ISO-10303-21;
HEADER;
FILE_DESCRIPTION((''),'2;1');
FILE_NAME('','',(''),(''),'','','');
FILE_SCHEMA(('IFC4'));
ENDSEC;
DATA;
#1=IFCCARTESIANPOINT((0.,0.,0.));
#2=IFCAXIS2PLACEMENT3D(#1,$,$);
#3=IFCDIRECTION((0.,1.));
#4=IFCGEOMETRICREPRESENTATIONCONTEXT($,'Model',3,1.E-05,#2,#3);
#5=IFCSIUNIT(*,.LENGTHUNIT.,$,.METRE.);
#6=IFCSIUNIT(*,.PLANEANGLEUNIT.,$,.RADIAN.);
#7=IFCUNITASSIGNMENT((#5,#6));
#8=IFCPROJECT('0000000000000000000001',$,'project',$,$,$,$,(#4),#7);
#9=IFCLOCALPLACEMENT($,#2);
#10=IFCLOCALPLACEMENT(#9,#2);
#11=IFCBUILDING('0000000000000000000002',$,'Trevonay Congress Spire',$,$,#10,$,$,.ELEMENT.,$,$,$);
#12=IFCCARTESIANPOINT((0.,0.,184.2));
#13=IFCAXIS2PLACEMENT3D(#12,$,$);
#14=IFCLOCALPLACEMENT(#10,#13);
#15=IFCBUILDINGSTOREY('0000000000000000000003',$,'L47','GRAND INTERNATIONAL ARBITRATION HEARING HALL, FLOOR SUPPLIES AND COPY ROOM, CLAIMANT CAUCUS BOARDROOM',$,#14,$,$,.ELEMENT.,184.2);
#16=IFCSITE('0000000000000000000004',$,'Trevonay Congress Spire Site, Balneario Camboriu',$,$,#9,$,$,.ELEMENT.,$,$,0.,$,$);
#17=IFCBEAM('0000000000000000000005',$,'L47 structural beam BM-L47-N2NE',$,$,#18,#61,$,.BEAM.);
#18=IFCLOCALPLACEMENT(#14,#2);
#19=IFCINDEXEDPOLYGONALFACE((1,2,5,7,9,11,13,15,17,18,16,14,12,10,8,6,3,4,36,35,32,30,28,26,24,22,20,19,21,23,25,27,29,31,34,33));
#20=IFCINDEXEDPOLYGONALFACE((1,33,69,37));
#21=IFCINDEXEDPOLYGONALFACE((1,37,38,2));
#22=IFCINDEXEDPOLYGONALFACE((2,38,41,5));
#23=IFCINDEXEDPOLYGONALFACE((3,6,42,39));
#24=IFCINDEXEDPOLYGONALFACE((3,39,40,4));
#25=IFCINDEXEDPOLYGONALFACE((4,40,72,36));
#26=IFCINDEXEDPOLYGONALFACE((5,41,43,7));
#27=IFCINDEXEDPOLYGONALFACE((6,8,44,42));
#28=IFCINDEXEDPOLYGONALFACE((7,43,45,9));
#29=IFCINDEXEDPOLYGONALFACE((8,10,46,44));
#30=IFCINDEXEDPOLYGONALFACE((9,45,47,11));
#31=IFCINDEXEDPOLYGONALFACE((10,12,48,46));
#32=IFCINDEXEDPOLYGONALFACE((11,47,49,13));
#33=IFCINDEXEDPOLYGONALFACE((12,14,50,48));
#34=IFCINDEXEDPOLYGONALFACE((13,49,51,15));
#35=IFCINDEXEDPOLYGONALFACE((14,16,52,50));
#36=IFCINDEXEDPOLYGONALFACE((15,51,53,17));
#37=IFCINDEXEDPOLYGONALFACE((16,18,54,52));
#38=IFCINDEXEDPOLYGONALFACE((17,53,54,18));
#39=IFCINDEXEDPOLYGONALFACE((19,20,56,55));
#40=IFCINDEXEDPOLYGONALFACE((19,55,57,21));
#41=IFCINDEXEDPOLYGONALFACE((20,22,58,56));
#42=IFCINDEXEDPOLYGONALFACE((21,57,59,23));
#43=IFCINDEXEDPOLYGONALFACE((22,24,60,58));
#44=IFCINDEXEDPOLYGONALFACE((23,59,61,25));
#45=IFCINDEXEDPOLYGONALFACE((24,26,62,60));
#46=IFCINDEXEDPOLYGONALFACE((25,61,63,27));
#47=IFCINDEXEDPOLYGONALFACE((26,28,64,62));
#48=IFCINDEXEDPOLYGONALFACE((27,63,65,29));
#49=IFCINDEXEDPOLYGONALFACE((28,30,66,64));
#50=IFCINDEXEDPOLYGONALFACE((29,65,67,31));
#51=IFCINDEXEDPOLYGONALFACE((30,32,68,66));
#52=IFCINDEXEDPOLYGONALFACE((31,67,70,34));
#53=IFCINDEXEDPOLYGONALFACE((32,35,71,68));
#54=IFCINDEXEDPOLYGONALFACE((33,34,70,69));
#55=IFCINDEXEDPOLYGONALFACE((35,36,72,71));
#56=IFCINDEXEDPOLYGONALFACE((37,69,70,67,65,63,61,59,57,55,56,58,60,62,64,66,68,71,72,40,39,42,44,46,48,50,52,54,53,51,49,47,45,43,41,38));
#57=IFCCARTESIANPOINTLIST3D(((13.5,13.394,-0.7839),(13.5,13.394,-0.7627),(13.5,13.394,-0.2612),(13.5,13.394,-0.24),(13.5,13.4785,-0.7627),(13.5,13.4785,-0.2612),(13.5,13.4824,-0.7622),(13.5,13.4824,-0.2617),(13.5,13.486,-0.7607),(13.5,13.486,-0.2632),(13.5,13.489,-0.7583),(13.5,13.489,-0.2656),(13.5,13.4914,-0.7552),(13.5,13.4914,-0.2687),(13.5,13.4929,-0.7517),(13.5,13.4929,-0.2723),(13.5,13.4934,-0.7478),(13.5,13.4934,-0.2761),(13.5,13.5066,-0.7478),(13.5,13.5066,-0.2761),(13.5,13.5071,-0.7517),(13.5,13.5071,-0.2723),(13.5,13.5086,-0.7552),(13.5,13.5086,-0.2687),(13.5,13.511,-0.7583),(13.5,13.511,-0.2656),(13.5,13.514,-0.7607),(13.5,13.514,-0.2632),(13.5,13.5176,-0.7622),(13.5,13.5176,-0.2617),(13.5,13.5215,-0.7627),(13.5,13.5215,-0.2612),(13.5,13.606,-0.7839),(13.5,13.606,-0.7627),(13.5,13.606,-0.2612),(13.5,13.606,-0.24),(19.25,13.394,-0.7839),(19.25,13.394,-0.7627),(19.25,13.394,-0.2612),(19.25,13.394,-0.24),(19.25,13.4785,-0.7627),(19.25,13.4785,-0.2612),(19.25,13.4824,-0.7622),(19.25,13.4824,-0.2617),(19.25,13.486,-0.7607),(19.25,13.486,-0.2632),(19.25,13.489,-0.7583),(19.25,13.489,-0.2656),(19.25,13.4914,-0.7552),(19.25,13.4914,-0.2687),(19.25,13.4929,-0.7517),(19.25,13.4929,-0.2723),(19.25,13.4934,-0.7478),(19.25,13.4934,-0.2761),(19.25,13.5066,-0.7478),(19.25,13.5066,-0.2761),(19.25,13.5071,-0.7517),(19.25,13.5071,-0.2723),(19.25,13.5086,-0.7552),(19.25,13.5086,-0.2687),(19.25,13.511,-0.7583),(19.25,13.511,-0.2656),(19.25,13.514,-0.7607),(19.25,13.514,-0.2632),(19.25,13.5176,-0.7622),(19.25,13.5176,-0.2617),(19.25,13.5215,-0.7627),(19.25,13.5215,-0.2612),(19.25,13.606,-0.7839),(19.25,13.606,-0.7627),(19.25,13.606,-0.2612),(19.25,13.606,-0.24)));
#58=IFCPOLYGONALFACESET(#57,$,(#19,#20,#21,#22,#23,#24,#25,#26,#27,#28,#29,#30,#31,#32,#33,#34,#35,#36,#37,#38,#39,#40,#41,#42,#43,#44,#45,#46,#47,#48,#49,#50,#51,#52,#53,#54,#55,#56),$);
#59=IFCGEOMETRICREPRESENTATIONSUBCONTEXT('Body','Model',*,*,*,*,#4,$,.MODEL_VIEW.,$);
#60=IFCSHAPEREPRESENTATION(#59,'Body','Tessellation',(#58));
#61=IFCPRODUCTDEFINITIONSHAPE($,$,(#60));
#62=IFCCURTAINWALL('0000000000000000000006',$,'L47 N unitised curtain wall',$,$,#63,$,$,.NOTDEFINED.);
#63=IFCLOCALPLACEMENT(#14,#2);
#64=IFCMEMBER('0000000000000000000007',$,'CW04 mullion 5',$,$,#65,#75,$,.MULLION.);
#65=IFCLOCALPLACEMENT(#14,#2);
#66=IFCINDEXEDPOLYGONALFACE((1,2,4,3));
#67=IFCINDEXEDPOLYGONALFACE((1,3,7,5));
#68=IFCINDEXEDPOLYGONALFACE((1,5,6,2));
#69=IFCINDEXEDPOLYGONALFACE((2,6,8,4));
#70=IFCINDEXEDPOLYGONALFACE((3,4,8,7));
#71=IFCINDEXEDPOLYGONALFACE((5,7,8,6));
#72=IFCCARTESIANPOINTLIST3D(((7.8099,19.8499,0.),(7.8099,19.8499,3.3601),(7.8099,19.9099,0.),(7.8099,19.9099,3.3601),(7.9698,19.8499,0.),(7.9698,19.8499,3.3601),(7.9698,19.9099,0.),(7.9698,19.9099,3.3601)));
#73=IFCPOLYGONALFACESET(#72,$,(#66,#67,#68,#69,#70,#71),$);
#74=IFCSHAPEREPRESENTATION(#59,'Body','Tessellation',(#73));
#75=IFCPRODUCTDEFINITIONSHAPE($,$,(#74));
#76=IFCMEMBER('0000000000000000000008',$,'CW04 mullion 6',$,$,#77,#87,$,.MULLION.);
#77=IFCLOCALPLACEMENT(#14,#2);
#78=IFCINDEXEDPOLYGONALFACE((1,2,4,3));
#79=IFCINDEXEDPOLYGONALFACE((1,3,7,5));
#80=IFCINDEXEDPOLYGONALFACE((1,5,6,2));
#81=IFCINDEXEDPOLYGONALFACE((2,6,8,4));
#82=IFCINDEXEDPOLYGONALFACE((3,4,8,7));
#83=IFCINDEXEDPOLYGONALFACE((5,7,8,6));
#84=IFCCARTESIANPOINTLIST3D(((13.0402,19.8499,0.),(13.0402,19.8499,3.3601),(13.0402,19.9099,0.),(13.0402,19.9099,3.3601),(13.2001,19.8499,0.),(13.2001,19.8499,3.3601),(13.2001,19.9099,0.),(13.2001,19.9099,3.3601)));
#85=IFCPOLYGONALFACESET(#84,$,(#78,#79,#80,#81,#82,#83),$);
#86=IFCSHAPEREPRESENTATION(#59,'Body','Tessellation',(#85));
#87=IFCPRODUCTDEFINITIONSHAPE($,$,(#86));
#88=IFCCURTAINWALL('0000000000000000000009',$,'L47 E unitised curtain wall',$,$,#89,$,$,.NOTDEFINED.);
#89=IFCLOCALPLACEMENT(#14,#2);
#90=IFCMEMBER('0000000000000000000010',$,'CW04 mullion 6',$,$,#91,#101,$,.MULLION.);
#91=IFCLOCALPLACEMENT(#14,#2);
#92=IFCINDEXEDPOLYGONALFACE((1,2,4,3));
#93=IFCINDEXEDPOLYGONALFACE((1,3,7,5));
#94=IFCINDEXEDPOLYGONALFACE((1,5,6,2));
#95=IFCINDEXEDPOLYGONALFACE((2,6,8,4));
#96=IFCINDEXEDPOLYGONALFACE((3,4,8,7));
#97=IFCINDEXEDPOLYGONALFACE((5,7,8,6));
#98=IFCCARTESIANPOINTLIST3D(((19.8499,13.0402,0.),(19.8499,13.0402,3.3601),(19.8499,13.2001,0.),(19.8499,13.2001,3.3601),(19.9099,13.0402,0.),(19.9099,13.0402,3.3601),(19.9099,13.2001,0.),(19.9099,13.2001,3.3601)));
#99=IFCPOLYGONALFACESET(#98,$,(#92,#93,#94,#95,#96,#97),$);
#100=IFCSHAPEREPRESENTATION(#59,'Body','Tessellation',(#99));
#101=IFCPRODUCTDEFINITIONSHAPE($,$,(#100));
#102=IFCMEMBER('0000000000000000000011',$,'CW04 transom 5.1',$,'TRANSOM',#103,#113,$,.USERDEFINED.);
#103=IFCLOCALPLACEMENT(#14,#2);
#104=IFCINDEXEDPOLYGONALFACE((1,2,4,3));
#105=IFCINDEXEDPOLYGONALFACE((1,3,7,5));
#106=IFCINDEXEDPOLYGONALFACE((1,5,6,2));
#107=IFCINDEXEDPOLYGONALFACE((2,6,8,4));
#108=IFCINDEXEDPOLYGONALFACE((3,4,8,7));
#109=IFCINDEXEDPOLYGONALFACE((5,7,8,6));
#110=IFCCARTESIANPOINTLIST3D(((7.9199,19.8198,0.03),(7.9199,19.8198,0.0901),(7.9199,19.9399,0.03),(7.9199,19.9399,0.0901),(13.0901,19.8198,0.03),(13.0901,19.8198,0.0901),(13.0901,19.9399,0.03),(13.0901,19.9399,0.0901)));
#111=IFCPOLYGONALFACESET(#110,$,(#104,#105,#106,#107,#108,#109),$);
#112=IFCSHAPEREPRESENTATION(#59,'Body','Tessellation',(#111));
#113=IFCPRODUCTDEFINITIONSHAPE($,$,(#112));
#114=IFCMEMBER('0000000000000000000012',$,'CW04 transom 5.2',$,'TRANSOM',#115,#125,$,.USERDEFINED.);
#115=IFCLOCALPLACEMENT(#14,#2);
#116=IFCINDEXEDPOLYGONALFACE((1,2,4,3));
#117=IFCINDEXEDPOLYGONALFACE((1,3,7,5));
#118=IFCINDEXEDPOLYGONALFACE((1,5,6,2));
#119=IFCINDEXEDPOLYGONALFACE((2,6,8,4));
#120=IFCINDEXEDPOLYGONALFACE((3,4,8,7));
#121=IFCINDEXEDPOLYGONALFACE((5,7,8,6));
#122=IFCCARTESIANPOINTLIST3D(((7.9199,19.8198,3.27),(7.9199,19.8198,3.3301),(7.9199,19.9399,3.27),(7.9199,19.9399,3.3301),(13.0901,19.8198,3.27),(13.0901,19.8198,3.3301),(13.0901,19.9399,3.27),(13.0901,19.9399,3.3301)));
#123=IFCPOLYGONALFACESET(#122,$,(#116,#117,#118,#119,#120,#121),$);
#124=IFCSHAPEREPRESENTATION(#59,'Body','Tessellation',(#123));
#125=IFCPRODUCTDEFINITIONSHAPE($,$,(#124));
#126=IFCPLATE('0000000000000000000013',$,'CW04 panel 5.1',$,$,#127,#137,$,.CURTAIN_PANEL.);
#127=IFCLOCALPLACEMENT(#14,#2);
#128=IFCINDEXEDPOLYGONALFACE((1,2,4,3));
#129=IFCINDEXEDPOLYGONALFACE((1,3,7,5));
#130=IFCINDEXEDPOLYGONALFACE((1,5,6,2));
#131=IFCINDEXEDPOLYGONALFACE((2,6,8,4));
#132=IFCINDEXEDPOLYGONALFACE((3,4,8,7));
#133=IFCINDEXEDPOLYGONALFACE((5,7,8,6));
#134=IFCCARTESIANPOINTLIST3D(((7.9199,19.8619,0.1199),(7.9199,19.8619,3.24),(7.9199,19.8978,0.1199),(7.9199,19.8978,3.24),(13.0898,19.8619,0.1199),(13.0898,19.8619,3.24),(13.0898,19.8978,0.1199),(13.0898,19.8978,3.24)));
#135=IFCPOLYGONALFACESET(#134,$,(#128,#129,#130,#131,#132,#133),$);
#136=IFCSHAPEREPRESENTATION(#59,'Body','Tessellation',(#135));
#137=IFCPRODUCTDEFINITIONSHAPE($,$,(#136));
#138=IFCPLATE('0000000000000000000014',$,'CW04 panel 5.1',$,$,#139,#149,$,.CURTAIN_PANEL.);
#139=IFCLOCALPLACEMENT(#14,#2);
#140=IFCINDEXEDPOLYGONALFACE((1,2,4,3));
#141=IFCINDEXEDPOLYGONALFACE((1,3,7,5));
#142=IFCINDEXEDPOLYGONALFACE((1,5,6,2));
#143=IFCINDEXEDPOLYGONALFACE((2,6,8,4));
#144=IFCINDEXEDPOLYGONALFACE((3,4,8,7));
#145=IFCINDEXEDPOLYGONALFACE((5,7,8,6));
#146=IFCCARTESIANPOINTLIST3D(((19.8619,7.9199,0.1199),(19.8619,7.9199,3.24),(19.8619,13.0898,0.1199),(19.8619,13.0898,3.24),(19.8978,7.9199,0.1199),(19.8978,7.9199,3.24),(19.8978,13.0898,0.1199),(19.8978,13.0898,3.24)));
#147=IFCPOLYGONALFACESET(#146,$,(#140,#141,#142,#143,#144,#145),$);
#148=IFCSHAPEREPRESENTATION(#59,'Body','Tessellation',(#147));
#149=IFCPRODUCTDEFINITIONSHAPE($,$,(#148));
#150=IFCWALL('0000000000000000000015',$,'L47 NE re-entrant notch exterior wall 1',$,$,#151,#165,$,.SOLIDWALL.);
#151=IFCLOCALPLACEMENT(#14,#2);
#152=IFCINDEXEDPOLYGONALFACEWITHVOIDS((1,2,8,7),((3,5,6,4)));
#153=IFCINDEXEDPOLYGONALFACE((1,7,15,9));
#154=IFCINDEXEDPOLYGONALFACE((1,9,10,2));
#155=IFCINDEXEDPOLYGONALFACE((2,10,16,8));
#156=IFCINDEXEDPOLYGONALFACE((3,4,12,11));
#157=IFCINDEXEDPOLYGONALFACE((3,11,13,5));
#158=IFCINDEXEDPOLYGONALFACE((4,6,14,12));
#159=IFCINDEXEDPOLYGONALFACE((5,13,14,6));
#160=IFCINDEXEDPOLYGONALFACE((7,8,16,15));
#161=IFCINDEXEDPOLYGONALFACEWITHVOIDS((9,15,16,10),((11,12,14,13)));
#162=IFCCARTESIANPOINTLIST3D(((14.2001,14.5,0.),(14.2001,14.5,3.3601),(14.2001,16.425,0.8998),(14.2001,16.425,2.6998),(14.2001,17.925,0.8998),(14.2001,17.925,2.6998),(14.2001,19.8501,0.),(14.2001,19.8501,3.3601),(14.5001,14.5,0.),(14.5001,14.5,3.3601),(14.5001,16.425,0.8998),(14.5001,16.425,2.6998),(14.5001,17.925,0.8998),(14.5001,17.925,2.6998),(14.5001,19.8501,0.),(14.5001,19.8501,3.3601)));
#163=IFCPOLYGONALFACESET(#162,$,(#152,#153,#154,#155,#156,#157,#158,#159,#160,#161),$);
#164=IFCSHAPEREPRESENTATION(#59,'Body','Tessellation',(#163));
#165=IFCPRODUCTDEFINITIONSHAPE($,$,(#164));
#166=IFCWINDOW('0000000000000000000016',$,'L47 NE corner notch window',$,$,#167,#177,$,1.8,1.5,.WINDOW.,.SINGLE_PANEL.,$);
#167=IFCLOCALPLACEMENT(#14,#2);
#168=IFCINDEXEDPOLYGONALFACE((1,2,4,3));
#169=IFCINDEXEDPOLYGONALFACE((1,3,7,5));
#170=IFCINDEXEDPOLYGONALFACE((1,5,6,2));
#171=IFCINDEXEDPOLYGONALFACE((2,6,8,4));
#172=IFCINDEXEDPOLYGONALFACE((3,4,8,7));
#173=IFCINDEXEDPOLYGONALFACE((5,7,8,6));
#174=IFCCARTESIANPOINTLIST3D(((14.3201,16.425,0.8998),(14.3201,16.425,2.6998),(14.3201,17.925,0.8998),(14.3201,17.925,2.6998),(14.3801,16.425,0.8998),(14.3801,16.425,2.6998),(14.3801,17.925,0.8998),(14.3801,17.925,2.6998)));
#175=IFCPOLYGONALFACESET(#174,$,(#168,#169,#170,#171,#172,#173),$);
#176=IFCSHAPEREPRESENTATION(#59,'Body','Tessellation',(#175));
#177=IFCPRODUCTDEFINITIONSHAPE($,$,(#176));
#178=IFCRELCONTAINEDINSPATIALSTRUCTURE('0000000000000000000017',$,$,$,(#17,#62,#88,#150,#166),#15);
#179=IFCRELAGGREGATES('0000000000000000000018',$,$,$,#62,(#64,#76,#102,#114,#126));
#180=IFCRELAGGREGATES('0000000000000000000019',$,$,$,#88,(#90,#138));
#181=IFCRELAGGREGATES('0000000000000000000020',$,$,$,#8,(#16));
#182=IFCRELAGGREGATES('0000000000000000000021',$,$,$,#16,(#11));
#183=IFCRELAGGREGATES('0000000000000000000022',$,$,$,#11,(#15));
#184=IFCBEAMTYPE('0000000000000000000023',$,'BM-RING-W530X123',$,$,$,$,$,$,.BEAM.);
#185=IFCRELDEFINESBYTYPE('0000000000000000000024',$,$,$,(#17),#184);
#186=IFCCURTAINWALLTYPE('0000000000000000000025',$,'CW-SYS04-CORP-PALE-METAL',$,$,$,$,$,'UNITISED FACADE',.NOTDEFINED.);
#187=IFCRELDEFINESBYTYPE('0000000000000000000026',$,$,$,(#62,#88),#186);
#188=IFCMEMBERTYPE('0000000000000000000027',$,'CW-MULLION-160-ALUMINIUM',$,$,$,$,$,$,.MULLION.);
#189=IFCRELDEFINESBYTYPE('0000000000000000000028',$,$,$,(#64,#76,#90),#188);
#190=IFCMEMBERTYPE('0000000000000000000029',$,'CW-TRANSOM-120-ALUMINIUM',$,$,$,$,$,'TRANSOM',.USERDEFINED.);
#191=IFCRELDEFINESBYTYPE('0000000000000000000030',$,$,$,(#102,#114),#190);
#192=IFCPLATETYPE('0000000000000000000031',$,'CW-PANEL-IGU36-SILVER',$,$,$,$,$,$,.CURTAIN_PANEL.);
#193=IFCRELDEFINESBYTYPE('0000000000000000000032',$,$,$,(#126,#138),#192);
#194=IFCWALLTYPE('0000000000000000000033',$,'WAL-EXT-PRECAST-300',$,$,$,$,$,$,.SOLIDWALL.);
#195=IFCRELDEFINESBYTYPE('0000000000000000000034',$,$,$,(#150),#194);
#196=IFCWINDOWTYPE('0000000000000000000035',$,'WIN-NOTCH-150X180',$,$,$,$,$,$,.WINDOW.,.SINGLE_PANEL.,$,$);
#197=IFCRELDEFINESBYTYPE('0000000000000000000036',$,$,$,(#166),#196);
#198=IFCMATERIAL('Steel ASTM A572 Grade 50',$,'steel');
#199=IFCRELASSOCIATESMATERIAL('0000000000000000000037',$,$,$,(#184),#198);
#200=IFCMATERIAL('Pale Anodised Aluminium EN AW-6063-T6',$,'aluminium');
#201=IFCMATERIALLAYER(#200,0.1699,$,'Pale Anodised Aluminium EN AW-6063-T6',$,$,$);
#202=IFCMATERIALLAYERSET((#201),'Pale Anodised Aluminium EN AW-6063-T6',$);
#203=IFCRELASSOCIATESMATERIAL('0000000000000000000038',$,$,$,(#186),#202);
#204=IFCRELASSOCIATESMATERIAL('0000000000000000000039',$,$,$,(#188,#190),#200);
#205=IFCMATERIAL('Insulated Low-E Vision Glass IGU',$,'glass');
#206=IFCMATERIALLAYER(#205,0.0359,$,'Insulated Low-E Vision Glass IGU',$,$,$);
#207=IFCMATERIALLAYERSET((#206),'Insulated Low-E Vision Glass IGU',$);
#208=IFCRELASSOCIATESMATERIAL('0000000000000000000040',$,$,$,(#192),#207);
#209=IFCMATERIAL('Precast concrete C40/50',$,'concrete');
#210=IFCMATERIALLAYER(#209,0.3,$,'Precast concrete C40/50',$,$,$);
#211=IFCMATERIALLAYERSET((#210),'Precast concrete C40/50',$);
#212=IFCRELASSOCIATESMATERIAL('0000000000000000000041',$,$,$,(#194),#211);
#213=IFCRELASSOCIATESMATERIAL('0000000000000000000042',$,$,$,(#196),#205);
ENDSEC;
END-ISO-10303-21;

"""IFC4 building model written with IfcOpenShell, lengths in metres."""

from ifc_helpers import new_model, si_unit, direction, frame, frame_2d, origin, origin_2d, place, context, subcontext, project, spatial, rectangle, i_section, extrude, material, layer, layer_set, material_profile, profile_set, type_object, element, fill, aggregate, save


model = new_model("IFC4")

# Units and contexts
model_context = context("Model", 3, precision=1e-05, world=origin(), true_north=direction((0.0, 1.0)))
body_context = subcontext(model_context, "Body", "Model", "MODEL_VIEW")
ifc_project = project(units=[si_unit("LENGTHUNIT", "METRE"), si_unit("PLANEANGLEUNIT", "RADIAN")], contexts=[model_context])

# Site, building, storey
site_placement = place(None, origin())
site = spatial("IfcSite", under=ifc_project, at=site_placement, Name="Trevonay Congress Spire Site, Balneario Camboriu", CompositionType="ELEMENT", RefElevation=0.0)
building_placement = place(site_placement, origin())
building = spatial("IfcBuilding", under=site, at=building_placement, Name="Trevonay Congress Spire", CompositionType="ELEMENT")
storey_placement = place(building_placement, frame((0.0, 0.0, 184.2)))
storey = spatial("IfcBuildingStorey", under=building, at=storey_placement, Name="L47", Description="GRAND INTERNATIONAL ARBITRATION HEARING HALL, FLOOR SUPPLIES AND COPY ROOM, CLAIMANT CAUCUS BOARDROOM", CompositionType="ELEMENT", Elevation=184.2)

# Shared definitions
ifc_material_1 = material(Name="Steel ASTM A572 Grade 50", Category="steel")

# Beam
ifc_material_profile_1 = material_profile(ifc_material_1, i_section(OverallWidth=0.2119, OverallDepth=0.5439, WebThickness=0.0132, FlangeThickness=0.0212, FilletRadius=0.0149, at=origin_2d()), Name="W530x123")
ifc_profile_set_1 = profile_set([ifc_material_profile_1], Name="Steel ASTM A572 Grade 50")
beam_type = type_object("IfcBeamType", Name="BM-RING-W530X123", PredefinedType="BEAM", material=ifc_profile_set_1)
for number, where, z_axis, x_axis, name in (
    (1, (19.25, 13.5, -0.512), (-1.0, 0.0, 0.0), (0.0, -1.0, 0.0), "L47 structural beam BM-L47-N2NE"),
):
    element("IfcBeam", number, at=place(storey_placement, frame(where, z_axis=z_axis, x_axis=x_axis)), inside=storey, type_object=beam_type, Name=name, PredefinedType="BEAM", context=body_context, shape_type="SweptSolid", body=[
        extrude(i_section(OverallWidth=0.2119, OverallDepth=0.5439, WebThickness=0.0132, FlangeThickness=0.0212, FilletRadius=0.0149, at=origin_2d()), origin(), (0.0, 0.0, 1.0), 5.75),
    ])

# Curtain wall, members
ifc_material_2 = material(Name="Pale Anodised Aluminium EN AW-6063-T6", Category="aluminium")
ifc_layer_1 = layer(ifc_material_2, 0.1699, Name="Pale Anodised Aluminium EN AW-6063-T6")
ifc_layer_set_1 = layer_set([ifc_layer_1], Name="Pale Anodised Aluminium EN AW-6063-T6")
curtain_wall_type = type_object("IfcCurtainWallType", Name="CW-SYS04-CORP-PALE-METAL", ElementType="UNITISED FACADE", PredefinedType="NOTDEFINED", material=ifc_layer_set_1)
curtain_wall_1_placement = place(storey_placement, origin())
curtain_wall_1 = element("IfcCurtainWall", 2, at=curtain_wall_1_placement, inside=storey, type_object=curtain_wall_type, Name="L47 N unitised curtain wall", PredefinedType="NOTDEFINED")
ifc_material_profile_2 = material_profile(ifc_material_2, rectangle(XDim=0.0601, YDim=0.1599, at=origin_2d()), Name="CW-MULLION-160-ALUMINIUM")
ifc_profile_set_2 = profile_set([ifc_material_profile_2], Name="Pale Anodised Aluminium EN AW-6063-T6")
member_type_1 = type_object("IfcMemberType", Name="CW-MULLION-160-ALUMINIUM", PredefinedType="MULLION", material=ifc_profile_set_2)
member_1_placement = place(storey_placement, frame((7.8899, 19.8799, 0.0), z_axis=(0.0, 0.0, 1.0), x_axis=(0.0, 1.0, 0.0)))
member_1 = element("IfcMember", 3, at=member_1_placement, type_object=member_type_1, Name="CW04 mullion 5", PredefinedType="MULLION", context=body_context, shape_type="SweptSolid", body=[
    extrude(rectangle(XDim=0.0601, YDim=0.1599, at=origin_2d()), origin(), (0.0, 0.0, 1.0), 3.3601),
])
member_2_placement = place(storey_placement, frame((13.1201, 19.8799, 0.0), z_axis=(0.0, 0.0, 1.0), x_axis=(0.0, 1.0, 0.0)))
member_2 = element("IfcMember", 4, at=member_2_placement, type_object=member_type_1, Name="CW04 mullion 6", PredefinedType="MULLION", context=body_context, shape_type="SweptSolid", body=[
    extrude(rectangle(XDim=0.0601, YDim=0.1599, at=origin_2d()), origin(), (0.0, 0.0, 1.0), 3.3601),
])

# Curtain wall, member
curtain_wall_2_placement = place(storey_placement, origin())
curtain_wall_2 = element("IfcCurtainWall", 5, at=curtain_wall_2_placement, inside=storey, type_object=curtain_wall_type, Name="L47 E unitised curtain wall", PredefinedType="NOTDEFINED")
member_3_placement = place(storey_placement, frame((19.8799, 13.1201, 0.0), z_axis=(0.0, 0.0, 1.0), x_axis=(-1.0, 0.0, 0.0)))
member_3 = element("IfcMember", 6, at=member_3_placement, type_object=member_type_1, Name="CW04 mullion 6", PredefinedType="MULLION", context=body_context, shape_type="SweptSolid", body=[
    extrude(rectangle(XDim=0.0601, YDim=0.1599, at=origin_2d()), origin(), (0.0, 0.0, 1.0), 3.3601),
])

# Members
ifc_material_profile_3 = material_profile(ifc_material_2, rectangle(XDim=0.1201, YDim=0.0601, at=origin_2d()), Name="CW-TRANSOM-120-ALUMINIUM")
ifc_profile_set_3 = profile_set([ifc_material_profile_3], Name="Pale Anodised Aluminium EN AW-6063-T6")
member_type_2 = type_object("IfcMemberType", Name="CW-TRANSOM-120-ALUMINIUM", ElementType="TRANSOM", PredefinedType="USERDEFINED", material=ifc_profile_set_3)
member_4_placement = place(storey_placement, frame((7.9199, 19.8799, 0.0601), z_axis=(1.0, 0.0, 0.0), x_axis=(0.0, 1.0, 0.0)))
member_4 = element("IfcMember", 7, at=member_4_placement, type_object=member_type_2, Name="CW04 transom 5.1", ObjectType="TRANSOM", PredefinedType="USERDEFINED", context=body_context, shape_type="SweptSolid", body=[
    extrude(rectangle(XDim=0.1201, YDim=0.0601, at=origin_2d()), origin(), (0.0, 0.0, 1.0), 5.1702),
])
member_5_placement = place(storey_placement, frame((7.9199, 19.8799, 3.3), z_axis=(1.0, 0.0, 0.0), x_axis=(0.0, 1.0, 0.0)))
member_5 = element("IfcMember", 8, at=member_5_placement, type_object=member_type_2, Name="CW04 transom 5.2", ObjectType="TRANSOM", PredefinedType="USERDEFINED", context=body_context, shape_type="SweptSolid", body=[
    extrude(rectangle(XDim=0.1201, YDim=0.0601, at=origin_2d()), origin(), (0.0, 0.0, 1.0), 5.1702),
])

# Plates
ifc_material_3 = material(Name="Insulated Low-E Vision Glass IGU", Category="glass")
ifc_layer_2 = layer(ifc_material_3, 0.0359, Name="Insulated Low-E Vision Glass IGU")
ifc_layer_set_2 = layer_set([ifc_layer_2], Name="Insulated Low-E Vision Glass IGU")
plate_type = type_object("IfcPlateType", Name="CW-PANEL-IGU36-SILVER", PredefinedType="CURTAIN_PANEL", material=ifc_layer_set_2)
plate_1_placement = place(storey_placement, frame((10.5049, 19.8799, 0.1199), z_axis=(0.0, 0.0, 1.0), x_axis=(1.0, 0.0, 0.0)))
plate_1 = element("IfcPlate", 9, at=plate_1_placement, type_object=plate_type, Name="CW04 panel 5.1", PredefinedType="CURTAIN_PANEL", context=body_context, shape_type="SweptSolid", body=[
    extrude(rectangle(XDim=5.1699, YDim=0.0359, at=origin_2d()), origin(), (0.0, 0.0, 1.0), 3.1201),
])
aggregate(curtain_wall_1, [member_1, member_2, member_4, member_5, plate_1])
plate_2_placement = place(storey_placement, frame((19.8799, 10.5049, 0.1199), z_axis=(0.0, 0.0, 1.0), x_axis=(0.0, 1.0, 0.0)))
plate_2 = element("IfcPlate", 10, at=plate_2_placement, type_object=plate_type, Name="CW04 panel 5.1", PredefinedType="CURTAIN_PANEL", context=body_context, shape_type="SweptSolid", body=[
    extrude(rectangle(XDim=5.1699, YDim=0.0359, at=origin_2d()), origin(), (0.0, 0.0, 1.0), 3.1201),
])
aggregate(curtain_wall_2, [member_3, plate_2])

# Wall, opening, window
ifc_material_4 = material(Name="Precast concrete C40/50", Category="concrete")
ifc_layer_3 = layer(ifc_material_4, 0.3, Name="Precast concrete C40/50")
ifc_layer_set_3 = layer_set([ifc_layer_3], Name="Precast concrete C40/50")
wall_type_1 = type_object("IfcWallType", Name="WAL-EXT-PRECAST-300", PredefinedType="SOLIDWALL", material=ifc_layer_set_3)
wall_1_placement = place(storey_placement, frame((14.3501, 19.8501, 0.0), z_axis=(0.0, 0.0, 1.0), x_axis=(0.0, -1.0, 0.0)))
wall_1 = element("IfcWall", 11, at=wall_1_placement, inside=storey, type_object=wall_type_1, Name="L47 NE re-entrant notch exterior wall 1", PredefinedType="SOLIDWALL", context=body_context, shape_type="SweptSolid", body=[
    extrude(rectangle(XDim=5.3501, YDim=0.3, at=frame_2d((2.675, 0.0))), origin(), (0.0, 0.0, 1.0), 3.3601),
])
opening_placement = place(wall_1_placement, frame((1.925, 0.0, 0.8999)))
opening = element("IfcOpeningElement", 12, at=opening_placement, cuts=wall_1, PredefinedType="OPENING", context=body_context, shape_type="SweptSolid", body=[
    extrude(rectangle(XDim=1.5, YDim=1.8, at=frame_2d((0.75, 0.8999))), frame((0.0, 0.1602, 0.0), z_axis=(0.0, -1.0, 0.0), x_axis=(1.0, 0.0, 0.0)), (0.0, 0.0, 1.0), 0.3201),
])
window_type = type_object("IfcWindowType", Name="WIN-NOTCH-150X180", PartitioningType="SINGLE_PANEL", PredefinedType="WINDOW", material=ifc_material_3)
window_placement = place(opening_placement, origin())
window = element("IfcWindow", 13, at=window_placement, inside=storey, type_object=window_type, Name="L47 NE corner notch window", OverallHeight=1.8, OverallWidth=1.5, PartitioningType="SINGLE_PANEL", PredefinedType="WINDOW", context=body_context, shape_type="SweptSolid", body=[
    extrude(rectangle(XDim=1.5, YDim=1.8, at=frame_2d((0.75, 0.8999))), frame((0.0, 0.03, 0.0), z_axis=(0.0, -1.0, 0.0), x_axis=(1.0, 0.0, 0.0)), (0.0, 0.0, 1.0), 0.0601),
])
fill(opening, window)

save(model, "model.ifc")
